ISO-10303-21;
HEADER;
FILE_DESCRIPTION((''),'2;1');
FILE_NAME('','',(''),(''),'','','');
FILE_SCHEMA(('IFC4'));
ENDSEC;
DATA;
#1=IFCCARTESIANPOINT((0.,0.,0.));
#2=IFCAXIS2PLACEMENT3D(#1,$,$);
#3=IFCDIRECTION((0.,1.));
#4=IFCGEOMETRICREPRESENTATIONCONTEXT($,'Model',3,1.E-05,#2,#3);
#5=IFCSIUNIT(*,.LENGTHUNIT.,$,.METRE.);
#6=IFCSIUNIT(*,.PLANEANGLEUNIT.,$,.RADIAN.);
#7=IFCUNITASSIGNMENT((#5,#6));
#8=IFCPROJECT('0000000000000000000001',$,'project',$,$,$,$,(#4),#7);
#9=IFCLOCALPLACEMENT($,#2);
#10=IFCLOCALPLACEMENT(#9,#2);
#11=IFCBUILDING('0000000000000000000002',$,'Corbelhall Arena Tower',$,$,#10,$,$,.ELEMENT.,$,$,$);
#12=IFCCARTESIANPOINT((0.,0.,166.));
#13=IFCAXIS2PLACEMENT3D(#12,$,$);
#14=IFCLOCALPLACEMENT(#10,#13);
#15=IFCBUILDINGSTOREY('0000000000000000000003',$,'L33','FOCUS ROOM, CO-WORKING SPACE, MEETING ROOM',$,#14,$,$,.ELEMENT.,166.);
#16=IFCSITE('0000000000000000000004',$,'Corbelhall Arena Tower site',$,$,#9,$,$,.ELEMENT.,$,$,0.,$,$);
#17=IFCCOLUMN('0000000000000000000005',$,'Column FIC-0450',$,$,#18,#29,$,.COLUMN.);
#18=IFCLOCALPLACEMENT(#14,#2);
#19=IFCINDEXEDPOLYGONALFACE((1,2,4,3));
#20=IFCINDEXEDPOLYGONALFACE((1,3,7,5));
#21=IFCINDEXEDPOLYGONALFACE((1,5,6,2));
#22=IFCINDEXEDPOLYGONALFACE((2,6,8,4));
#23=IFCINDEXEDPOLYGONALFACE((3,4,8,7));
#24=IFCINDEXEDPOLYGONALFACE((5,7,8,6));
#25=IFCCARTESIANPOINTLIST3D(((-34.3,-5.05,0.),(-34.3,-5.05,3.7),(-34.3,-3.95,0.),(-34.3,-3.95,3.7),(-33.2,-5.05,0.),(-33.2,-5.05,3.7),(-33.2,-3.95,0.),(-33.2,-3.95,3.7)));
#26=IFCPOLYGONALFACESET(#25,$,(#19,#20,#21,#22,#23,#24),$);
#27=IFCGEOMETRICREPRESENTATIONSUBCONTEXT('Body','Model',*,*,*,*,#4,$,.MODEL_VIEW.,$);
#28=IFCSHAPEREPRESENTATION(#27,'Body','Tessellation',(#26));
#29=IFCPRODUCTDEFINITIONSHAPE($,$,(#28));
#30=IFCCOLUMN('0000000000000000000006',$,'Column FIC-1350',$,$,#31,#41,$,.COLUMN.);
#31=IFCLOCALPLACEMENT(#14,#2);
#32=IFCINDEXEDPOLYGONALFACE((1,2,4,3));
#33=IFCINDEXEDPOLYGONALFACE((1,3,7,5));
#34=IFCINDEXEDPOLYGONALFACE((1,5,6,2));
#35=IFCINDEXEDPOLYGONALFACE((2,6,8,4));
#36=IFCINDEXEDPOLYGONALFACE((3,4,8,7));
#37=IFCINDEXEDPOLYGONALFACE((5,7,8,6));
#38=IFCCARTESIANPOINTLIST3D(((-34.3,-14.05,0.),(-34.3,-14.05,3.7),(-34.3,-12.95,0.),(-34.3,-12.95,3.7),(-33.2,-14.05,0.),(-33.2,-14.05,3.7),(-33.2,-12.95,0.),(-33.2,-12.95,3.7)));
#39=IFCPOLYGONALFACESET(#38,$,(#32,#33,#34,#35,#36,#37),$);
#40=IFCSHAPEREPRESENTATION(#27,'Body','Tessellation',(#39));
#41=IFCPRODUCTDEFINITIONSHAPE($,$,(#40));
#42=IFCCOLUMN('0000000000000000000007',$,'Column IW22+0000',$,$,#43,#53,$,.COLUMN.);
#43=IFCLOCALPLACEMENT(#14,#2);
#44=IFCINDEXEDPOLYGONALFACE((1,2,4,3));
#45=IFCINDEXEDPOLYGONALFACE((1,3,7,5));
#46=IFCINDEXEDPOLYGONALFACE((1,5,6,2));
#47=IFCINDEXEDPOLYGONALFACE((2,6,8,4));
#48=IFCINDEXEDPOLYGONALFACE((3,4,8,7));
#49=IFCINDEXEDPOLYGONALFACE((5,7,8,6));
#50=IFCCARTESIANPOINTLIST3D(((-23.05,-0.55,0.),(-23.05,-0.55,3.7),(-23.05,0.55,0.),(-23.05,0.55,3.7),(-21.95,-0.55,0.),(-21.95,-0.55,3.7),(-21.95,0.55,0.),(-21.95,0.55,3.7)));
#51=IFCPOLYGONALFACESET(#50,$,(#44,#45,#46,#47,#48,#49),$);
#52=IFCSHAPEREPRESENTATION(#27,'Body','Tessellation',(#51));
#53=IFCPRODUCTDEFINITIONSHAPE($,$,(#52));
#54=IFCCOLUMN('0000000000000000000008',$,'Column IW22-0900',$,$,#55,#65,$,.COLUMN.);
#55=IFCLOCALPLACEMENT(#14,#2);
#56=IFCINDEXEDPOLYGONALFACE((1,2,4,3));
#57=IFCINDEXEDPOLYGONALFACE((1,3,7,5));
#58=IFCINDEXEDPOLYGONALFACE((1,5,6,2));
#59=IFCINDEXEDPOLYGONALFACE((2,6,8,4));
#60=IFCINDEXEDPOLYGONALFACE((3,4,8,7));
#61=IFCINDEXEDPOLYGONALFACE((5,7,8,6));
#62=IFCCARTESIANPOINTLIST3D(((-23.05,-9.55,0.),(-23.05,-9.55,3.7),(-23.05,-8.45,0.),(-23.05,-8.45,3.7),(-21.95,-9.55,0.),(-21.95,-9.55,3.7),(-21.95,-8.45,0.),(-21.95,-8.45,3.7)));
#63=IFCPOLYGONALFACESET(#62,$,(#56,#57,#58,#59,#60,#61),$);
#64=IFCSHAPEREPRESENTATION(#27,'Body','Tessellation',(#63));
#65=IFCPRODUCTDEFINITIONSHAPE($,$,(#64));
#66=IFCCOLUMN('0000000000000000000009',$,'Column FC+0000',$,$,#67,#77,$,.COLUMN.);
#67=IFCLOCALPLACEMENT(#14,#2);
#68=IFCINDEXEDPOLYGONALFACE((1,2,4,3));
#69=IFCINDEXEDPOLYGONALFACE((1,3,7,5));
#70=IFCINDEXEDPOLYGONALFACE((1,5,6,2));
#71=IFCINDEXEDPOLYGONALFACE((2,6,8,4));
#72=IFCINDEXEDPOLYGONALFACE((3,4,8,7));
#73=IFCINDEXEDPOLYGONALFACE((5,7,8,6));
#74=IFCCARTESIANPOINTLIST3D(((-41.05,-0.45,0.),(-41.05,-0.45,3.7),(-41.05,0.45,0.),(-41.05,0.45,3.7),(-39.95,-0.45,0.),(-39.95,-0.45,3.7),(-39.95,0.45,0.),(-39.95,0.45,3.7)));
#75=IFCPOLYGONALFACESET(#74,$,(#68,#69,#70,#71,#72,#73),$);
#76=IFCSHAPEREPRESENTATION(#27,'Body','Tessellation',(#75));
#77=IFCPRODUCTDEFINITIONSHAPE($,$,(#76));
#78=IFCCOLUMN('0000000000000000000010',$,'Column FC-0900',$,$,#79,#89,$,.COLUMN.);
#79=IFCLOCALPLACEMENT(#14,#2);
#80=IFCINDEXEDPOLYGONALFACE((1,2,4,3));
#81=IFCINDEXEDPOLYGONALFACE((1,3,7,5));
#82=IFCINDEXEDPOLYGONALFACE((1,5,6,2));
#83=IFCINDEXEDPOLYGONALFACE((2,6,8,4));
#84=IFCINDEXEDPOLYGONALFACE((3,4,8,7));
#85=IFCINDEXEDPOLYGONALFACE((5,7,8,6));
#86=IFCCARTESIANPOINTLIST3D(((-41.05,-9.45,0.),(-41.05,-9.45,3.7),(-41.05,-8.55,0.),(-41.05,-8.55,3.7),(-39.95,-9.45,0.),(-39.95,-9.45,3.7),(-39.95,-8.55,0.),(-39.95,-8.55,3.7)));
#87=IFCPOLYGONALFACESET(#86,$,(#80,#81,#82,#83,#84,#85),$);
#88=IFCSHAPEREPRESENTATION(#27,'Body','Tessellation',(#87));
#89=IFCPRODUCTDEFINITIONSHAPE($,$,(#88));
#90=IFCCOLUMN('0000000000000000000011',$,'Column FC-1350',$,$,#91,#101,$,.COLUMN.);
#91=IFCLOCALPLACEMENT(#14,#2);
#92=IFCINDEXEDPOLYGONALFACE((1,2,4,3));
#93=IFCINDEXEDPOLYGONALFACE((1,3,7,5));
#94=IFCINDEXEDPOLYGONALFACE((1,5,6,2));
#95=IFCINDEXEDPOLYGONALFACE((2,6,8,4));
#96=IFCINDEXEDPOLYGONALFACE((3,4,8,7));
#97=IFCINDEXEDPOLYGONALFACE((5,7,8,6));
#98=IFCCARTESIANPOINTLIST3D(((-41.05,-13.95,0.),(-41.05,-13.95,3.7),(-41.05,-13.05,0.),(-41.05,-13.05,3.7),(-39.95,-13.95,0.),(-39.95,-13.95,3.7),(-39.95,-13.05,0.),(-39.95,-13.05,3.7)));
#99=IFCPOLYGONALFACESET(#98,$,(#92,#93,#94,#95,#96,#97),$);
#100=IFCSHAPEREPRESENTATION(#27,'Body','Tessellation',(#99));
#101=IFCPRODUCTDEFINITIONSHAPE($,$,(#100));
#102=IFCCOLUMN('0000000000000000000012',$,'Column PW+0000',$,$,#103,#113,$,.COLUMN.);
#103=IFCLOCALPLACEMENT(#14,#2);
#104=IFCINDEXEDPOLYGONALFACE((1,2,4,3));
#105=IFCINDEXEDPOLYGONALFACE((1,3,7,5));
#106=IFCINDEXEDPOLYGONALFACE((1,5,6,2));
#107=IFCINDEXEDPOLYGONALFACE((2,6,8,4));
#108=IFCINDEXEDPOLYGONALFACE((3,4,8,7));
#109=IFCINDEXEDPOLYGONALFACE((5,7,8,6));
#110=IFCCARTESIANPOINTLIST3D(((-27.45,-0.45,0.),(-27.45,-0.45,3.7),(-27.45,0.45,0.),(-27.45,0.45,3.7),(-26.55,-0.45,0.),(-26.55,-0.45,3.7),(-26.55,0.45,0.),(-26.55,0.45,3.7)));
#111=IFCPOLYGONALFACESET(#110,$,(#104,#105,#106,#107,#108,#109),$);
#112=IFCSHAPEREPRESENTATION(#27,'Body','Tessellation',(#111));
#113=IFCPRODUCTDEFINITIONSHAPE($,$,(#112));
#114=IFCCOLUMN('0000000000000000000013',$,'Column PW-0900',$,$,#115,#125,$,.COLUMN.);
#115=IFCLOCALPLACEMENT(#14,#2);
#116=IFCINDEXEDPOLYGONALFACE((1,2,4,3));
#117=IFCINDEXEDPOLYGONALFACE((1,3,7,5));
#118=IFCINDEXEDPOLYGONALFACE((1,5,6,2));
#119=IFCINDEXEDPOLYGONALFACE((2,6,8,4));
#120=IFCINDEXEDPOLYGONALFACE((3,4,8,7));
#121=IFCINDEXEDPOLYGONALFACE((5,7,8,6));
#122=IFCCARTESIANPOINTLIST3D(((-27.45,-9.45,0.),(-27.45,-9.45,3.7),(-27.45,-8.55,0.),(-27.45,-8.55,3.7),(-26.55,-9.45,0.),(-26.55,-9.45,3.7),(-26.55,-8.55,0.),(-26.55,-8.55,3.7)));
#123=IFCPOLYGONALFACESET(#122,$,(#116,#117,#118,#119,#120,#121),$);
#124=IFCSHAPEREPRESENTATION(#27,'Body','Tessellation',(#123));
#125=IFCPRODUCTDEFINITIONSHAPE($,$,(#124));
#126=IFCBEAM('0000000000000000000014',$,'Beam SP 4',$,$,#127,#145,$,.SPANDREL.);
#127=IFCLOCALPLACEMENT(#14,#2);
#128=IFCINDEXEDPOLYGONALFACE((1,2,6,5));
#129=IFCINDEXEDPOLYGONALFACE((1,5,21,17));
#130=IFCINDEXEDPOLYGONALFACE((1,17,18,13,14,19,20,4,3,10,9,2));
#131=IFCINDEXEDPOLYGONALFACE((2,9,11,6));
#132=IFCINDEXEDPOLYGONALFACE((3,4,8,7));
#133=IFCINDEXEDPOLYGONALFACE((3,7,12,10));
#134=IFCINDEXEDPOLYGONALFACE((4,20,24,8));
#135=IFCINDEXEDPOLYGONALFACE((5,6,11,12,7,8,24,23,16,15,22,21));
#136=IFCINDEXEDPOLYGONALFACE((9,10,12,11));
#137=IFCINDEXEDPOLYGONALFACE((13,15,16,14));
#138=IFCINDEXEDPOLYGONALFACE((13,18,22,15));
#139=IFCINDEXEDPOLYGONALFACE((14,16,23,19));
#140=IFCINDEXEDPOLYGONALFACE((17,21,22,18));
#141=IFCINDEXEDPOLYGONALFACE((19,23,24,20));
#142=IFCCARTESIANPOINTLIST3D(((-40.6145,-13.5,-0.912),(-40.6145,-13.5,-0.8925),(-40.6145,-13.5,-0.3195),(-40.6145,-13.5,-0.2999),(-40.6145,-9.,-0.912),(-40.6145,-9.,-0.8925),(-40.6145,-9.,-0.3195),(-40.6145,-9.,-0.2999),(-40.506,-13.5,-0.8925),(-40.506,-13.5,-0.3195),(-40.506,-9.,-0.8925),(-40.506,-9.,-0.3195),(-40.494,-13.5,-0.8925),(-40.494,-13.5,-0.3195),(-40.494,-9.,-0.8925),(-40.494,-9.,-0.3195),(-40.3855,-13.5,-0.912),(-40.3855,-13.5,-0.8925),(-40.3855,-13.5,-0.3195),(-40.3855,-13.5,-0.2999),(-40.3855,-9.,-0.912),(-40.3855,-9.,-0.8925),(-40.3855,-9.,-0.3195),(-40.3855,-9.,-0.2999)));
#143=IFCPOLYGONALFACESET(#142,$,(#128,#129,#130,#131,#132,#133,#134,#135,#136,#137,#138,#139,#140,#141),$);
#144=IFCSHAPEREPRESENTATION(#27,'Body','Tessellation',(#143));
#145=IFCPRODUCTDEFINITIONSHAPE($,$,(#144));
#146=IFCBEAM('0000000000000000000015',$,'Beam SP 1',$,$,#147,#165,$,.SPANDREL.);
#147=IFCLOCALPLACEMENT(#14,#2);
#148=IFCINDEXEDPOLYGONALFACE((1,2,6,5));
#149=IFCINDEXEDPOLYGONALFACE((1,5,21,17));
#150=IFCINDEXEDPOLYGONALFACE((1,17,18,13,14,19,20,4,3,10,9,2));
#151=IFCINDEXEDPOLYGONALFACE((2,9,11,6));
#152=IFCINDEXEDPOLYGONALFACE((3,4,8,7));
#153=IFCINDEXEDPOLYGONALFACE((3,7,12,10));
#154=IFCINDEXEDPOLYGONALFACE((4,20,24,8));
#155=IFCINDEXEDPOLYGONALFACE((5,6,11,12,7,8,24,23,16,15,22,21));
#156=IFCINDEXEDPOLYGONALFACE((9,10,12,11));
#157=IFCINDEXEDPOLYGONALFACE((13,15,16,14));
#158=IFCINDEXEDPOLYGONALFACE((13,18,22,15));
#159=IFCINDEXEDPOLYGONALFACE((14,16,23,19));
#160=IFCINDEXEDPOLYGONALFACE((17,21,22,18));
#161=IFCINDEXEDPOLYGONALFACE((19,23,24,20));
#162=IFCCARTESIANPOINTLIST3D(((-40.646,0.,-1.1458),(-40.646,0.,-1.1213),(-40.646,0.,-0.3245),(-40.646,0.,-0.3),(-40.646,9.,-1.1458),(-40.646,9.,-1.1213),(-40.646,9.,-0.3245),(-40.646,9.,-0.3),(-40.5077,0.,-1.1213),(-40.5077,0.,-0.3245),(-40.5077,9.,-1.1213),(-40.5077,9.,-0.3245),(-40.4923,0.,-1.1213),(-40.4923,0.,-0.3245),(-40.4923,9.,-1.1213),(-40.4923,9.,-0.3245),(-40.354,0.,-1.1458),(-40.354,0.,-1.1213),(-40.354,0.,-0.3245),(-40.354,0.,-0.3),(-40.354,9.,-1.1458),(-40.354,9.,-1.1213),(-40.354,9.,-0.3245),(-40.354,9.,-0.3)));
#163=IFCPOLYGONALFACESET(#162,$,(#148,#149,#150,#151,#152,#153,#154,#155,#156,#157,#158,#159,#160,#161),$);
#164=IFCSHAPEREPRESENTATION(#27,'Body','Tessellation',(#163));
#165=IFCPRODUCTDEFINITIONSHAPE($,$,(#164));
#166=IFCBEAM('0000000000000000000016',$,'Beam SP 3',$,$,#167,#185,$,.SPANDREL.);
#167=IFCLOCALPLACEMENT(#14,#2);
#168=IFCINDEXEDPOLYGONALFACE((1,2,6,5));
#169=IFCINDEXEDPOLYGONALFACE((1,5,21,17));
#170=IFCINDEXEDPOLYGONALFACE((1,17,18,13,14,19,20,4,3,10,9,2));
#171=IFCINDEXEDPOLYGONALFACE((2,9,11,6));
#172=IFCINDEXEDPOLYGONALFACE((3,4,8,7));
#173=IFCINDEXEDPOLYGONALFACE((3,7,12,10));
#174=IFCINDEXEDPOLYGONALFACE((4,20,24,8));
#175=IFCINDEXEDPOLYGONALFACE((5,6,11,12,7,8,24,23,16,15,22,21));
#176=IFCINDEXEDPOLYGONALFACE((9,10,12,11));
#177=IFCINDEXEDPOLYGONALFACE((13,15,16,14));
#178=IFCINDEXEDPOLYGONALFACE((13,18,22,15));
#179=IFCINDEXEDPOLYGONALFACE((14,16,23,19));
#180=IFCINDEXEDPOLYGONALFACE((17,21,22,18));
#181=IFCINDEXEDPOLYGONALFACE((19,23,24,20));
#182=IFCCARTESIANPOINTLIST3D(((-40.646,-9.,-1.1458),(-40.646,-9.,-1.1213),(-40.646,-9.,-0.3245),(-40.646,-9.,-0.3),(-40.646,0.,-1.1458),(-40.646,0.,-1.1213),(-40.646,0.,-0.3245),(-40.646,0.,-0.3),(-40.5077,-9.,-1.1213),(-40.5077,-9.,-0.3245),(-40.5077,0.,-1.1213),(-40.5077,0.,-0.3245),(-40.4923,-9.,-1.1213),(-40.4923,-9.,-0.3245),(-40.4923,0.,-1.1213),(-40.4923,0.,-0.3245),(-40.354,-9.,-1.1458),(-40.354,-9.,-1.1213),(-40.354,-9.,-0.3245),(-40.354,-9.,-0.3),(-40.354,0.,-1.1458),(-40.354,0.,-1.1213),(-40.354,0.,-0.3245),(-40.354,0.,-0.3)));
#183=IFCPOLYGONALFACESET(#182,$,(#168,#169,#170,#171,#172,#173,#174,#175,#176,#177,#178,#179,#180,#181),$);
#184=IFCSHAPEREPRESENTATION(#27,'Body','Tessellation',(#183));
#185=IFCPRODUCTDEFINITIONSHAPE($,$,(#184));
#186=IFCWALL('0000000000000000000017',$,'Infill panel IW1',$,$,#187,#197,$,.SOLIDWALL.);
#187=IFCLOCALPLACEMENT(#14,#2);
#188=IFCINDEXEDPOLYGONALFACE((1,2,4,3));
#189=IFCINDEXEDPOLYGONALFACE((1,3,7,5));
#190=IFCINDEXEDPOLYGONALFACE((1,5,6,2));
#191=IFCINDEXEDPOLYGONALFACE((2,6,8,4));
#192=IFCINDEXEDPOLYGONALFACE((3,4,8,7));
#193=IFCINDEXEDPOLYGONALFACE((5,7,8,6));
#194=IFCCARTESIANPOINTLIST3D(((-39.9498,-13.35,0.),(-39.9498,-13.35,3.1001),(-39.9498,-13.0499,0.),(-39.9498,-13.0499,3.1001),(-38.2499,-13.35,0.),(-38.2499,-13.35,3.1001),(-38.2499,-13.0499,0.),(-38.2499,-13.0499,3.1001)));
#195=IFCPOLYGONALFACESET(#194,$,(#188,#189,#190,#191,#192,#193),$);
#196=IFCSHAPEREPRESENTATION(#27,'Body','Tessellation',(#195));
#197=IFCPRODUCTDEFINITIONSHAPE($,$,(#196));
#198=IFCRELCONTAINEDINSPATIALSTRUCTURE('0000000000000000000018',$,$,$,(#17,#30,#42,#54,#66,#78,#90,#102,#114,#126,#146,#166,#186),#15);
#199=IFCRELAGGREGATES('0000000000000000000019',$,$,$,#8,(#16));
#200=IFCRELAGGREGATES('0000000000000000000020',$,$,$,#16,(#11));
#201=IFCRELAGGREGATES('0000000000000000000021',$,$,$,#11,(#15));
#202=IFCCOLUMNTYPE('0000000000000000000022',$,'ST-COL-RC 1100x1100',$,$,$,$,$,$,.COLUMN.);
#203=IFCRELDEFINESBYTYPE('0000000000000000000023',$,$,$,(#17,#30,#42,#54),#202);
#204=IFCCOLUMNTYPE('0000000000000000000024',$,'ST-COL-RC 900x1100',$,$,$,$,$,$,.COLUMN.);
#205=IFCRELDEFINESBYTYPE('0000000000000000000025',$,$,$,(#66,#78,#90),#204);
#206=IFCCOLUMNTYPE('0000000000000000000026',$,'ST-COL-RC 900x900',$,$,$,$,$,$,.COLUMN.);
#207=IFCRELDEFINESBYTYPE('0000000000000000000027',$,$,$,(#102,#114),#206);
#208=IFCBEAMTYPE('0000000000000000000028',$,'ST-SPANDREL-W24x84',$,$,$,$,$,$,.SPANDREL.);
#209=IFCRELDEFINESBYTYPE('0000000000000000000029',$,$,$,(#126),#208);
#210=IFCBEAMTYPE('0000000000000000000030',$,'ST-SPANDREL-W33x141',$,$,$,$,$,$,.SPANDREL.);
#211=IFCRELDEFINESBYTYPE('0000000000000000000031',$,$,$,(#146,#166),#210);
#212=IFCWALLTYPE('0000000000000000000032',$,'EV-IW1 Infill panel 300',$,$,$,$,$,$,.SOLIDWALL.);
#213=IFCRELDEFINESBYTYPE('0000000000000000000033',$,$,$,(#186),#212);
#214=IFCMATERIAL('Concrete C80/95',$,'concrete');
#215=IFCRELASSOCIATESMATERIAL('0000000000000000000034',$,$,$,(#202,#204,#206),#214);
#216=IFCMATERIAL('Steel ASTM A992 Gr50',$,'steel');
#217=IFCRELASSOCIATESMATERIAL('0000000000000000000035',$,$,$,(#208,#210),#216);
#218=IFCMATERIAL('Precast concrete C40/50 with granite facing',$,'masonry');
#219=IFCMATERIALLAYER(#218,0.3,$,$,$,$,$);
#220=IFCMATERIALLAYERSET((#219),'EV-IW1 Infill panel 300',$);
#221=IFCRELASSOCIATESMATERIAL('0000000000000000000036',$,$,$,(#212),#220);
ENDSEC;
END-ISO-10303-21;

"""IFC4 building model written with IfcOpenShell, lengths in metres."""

from ifc_helpers import new_model, si_unit, direction, frame, frame_2d, origin, origin_2d, place, context, subcontext, project, spatial, rectangle, i_section, extrude, material, layer, layer_set, material_profile, profile_set, type_object, element, save


model = new_model("IFC4")

# Units and contexts
model_context = context("Model", 3, precision=1e-05, world=origin(), true_north=direction((0.0, 1.0)))
body_context = subcontext(model_context, "Body", "Model", "MODEL_VIEW")
ifc_project = project(units=[si_unit("LENGTHUNIT", "METRE"), si_unit("PLANEANGLEUNIT", "RADIAN")], contexts=[model_context])

# Site, building, storey
site_placement = place(None, origin())
site = spatial("IfcSite", under=ifc_project, at=site_placement, Name="Corbelhall Arena Tower site", CompositionType="ELEMENT", RefElevation=0.0)
building_placement = place(site_placement, origin())
building = spatial("IfcBuilding", under=site, at=building_placement, Name="Corbelhall Arena Tower", CompositionType="ELEMENT")
storey_placement = place(building_placement, frame((0.0, 0.0, 166.0)))
storey = spatial("IfcBuildingStorey", under=building, at=storey_placement, Name="L33", Description="FOCUS ROOM, CO-WORKING SPACE, MEETING ROOM", CompositionType="ELEMENT", Elevation=166.0)

# Columns
ifc_material_1 = material(Name="Concrete C80/95", Category="concrete")
ifc_material_profile_1 = material_profile(ifc_material_1, rectangle(XDim=1.1001, YDim=1.1001, at=origin_2d()))
ifc_profile_set_1 = profile_set([ifc_material_profile_1], Name="Concrete C80/95")
column_type_1 = type_object("IfcColumnType", Name="ST-COL-RC 1100x1100", PredefinedType="COLUMN", material=ifc_profile_set_1)
for number, where, z_axis, x_axis, name in (
    (1, (-33.75, -4.5, 0.0), (0.0, 0.0, 1.0), (1.0, 0.0, 0.0), "Column FIC-0450"),
    (2, (-33.75, -13.5, 0.0), (0.0, 0.0, 1.0), (1.0, 0.0, 0.0), "Column FIC-1350"),
    (3, (-22.5, 0.0, 0.0), (0.0, 0.0, 1.0), (1.0, 0.0, 0.0), "Column IW22+0000"),
    (4, (-22.5, -9.0, 0.0), (0.0, 0.0, 1.0), (1.0, 0.0, 0.0), "Column IW22-0900"),
):
    element("IfcColumn", number, at=place(storey_placement, frame(where, z_axis=z_axis, x_axis=x_axis)), inside=storey, type_object=column_type_1, Name=name, PredefinedType="COLUMN", context=body_context, shape_type="SweptSolid", body=[
        extrude(rectangle(XDim=1.1001, YDim=1.1001, at=origin_2d()), origin(), (0.0, 0.0, 1.0), 3.7),
    ])
ifc_material_profile_2 = material_profile(ifc_material_1, rectangle(XDim=0.8999, YDim=1.1001, at=origin_2d()))
ifc_profile_set_2 = profile_set([ifc_material_profile_2], Name="Concrete C80/95")
column_type_2 = type_object("IfcColumnType", Name="ST-COL-RC 900x1100", PredefinedType="COLUMN", material=ifc_profile_set_2)
for number, where, z_axis, x_axis, name in (
    (5, (-40.5, 0.0, 0.0), (0.0, 0.0, 1.0), (0.0, 1.0, 0.0), "Column FC+0000"),
    (6, (-40.5, -9.0, 0.0), (0.0, 0.0, 1.0), (0.0, 1.0, 0.0), "Column FC-0900"),
    (7, (-40.5, -13.5, 0.0), (0.0, 0.0, 1.0), (0.0, 1.0, 0.0), "Column FC-1350"),
):
    element("IfcColumn", number, at=place(storey_placement, frame(where, z_axis=z_axis, x_axis=x_axis)), inside=storey, type_object=column_type_2, Name=name, PredefinedType="COLUMN", context=body_context, shape_type="SweptSolid", body=[
        extrude(rectangle(XDim=0.8999, YDim=1.1001, at=origin_2d()), origin(), (0.0, 0.0, 1.0), 3.7),
    ])
ifc_material_profile_3 = material_profile(ifc_material_1, rectangle(XDim=0.8999, YDim=0.8999, at=origin_2d()))
ifc_profile_set_3 = profile_set([ifc_material_profile_3], Name="Concrete C80/95")
column_type_3 = type_object("IfcColumnType", Name="ST-COL-RC 900x900", PredefinedType="COLUMN", material=ifc_profile_set_3)
for number, where, z_axis, x_axis, name in (
    (8, (-27.0, 0.0, 0.0), (0.0, 0.0, 1.0), (1.0, 0.0, 0.0), "Column PW+0000"),
    (9, (-27.0, -9.0, 0.0), (0.0, 0.0, 1.0), (1.0, 0.0, 0.0), "Column PW-0900"),
):
    element("IfcColumn", number, at=place(storey_placement, frame(where, z_axis=z_axis, x_axis=x_axis)), inside=storey, type_object=column_type_3, Name=name, PredefinedType="COLUMN", context=body_context, shape_type="SweptSolid", body=[
        extrude(rectangle(XDim=0.8999, YDim=0.8999, at=origin_2d()), origin(), (0.0, 0.0, 1.0), 3.7),
    ])

# Beams
ifc_material_2 = material(Name="Steel ASTM A992 Gr50", Category="steel")
ifc_material_profile_4 = material_profile(ifc_material_2, i_section(OverallWidth=0.229, OverallDepth=0.6121, WebThickness=0.012, FlangeThickness=0.0195, at=origin_2d()))
ifc_profile_set_4 = profile_set([ifc_material_profile_4], Name="Steel ASTM A992 Gr50")
beam_type_1 = type_object("IfcBeamType", Name="ST-SPANDREL-W24x84", PredefinedType="SPANDREL", material=ifc_profile_set_4)
beam_placement = place(storey_placement, frame((-40.5, -13.5, -0.606), z_axis=(0.0, 1.0, 0.0), x_axis=(-1.0, 0.0, 0.0)))
element("IfcBeam", 10, at=beam_placement, inside=storey, type_object=beam_type_1, Name="Beam SP 4", PredefinedType="SPANDREL", context=body_context, shape_type="SweptSolid", body=[
    extrude(i_section(OverallWidth=0.229, OverallDepth=0.6121, WebThickness=0.012, FlangeThickness=0.0195, at=origin_2d()), origin(), (0.0, 0.0, 1.0), 4.5),
])
ifc_material_profile_5 = material_profile(ifc_material_2, i_section(OverallWidth=0.292, OverallDepth=0.8457, WebThickness=0.0154, FlangeThickness=0.0244, at=origin_2d()))
ifc_profile_set_5 = profile_set([ifc_material_profile_5], Name="Steel ASTM A992 Gr50")
beam_type_2 = type_object("IfcBeamType", Name="ST-SPANDREL-W33x141", PredefinedType="SPANDREL", material=ifc_profile_set_5)
for number, where, z_axis, x_axis, name in (
    (11, (-40.5, 0.0, -0.7229), (0.0, 1.0, 0.0), (-1.0, 0.0, 0.0), "Beam SP 1"),
    (12, (-40.5, -9.0, -0.7229), (0.0, 1.0, 0.0), (-1.0, 0.0, 0.0), "Beam SP 3"),
):
    element("IfcBeam", number, at=place(storey_placement, frame(where, z_axis=z_axis, x_axis=x_axis)), inside=storey, type_object=beam_type_2, Name=name, PredefinedType="SPANDREL", context=body_context, shape_type="SweptSolid", body=[
        extrude(i_section(OverallWidth=0.292, OverallDepth=0.8457, WebThickness=0.0154, FlangeThickness=0.0244, at=origin_2d()), origin(), (0.0, 0.0, 1.0), 9.0),
    ])

# Wall
ifc_material_3 = material(Name="Precast concrete C40/50 with granite facing", Category="masonry")
ifc_layer_1 = layer(ifc_material_3, 0.3)
ifc_layer_set_1 = layer_set([ifc_layer_1], Name="EV-IW1 Infill panel 300")
wall_type_1 = type_object("IfcWallType", Name="EV-IW1 Infill panel 300", PredefinedType="SOLIDWALL", material=ifc_layer_set_1)
wall_1_placement = place(storey_placement, frame((-39.95, -13.2, 0.0), z_axis=(0.0, 0.0, 1.0), x_axis=(1.0, 0.0, 0.0)))
element("IfcWall", 13, at=wall_1_placement, inside=storey, type_object=wall_type_1, Name="Infill panel IW1", PredefinedType="SOLIDWALL", context=body_context, shape_type="SweptSolid", body=[
    extrude(rectangle(XDim=1.7, YDim=0.3, at=frame_2d((0.8501, 0.0))), origin(), (0.0, 0.0, 1.0), 3.1001),
])

save(model, "model.ifc")
